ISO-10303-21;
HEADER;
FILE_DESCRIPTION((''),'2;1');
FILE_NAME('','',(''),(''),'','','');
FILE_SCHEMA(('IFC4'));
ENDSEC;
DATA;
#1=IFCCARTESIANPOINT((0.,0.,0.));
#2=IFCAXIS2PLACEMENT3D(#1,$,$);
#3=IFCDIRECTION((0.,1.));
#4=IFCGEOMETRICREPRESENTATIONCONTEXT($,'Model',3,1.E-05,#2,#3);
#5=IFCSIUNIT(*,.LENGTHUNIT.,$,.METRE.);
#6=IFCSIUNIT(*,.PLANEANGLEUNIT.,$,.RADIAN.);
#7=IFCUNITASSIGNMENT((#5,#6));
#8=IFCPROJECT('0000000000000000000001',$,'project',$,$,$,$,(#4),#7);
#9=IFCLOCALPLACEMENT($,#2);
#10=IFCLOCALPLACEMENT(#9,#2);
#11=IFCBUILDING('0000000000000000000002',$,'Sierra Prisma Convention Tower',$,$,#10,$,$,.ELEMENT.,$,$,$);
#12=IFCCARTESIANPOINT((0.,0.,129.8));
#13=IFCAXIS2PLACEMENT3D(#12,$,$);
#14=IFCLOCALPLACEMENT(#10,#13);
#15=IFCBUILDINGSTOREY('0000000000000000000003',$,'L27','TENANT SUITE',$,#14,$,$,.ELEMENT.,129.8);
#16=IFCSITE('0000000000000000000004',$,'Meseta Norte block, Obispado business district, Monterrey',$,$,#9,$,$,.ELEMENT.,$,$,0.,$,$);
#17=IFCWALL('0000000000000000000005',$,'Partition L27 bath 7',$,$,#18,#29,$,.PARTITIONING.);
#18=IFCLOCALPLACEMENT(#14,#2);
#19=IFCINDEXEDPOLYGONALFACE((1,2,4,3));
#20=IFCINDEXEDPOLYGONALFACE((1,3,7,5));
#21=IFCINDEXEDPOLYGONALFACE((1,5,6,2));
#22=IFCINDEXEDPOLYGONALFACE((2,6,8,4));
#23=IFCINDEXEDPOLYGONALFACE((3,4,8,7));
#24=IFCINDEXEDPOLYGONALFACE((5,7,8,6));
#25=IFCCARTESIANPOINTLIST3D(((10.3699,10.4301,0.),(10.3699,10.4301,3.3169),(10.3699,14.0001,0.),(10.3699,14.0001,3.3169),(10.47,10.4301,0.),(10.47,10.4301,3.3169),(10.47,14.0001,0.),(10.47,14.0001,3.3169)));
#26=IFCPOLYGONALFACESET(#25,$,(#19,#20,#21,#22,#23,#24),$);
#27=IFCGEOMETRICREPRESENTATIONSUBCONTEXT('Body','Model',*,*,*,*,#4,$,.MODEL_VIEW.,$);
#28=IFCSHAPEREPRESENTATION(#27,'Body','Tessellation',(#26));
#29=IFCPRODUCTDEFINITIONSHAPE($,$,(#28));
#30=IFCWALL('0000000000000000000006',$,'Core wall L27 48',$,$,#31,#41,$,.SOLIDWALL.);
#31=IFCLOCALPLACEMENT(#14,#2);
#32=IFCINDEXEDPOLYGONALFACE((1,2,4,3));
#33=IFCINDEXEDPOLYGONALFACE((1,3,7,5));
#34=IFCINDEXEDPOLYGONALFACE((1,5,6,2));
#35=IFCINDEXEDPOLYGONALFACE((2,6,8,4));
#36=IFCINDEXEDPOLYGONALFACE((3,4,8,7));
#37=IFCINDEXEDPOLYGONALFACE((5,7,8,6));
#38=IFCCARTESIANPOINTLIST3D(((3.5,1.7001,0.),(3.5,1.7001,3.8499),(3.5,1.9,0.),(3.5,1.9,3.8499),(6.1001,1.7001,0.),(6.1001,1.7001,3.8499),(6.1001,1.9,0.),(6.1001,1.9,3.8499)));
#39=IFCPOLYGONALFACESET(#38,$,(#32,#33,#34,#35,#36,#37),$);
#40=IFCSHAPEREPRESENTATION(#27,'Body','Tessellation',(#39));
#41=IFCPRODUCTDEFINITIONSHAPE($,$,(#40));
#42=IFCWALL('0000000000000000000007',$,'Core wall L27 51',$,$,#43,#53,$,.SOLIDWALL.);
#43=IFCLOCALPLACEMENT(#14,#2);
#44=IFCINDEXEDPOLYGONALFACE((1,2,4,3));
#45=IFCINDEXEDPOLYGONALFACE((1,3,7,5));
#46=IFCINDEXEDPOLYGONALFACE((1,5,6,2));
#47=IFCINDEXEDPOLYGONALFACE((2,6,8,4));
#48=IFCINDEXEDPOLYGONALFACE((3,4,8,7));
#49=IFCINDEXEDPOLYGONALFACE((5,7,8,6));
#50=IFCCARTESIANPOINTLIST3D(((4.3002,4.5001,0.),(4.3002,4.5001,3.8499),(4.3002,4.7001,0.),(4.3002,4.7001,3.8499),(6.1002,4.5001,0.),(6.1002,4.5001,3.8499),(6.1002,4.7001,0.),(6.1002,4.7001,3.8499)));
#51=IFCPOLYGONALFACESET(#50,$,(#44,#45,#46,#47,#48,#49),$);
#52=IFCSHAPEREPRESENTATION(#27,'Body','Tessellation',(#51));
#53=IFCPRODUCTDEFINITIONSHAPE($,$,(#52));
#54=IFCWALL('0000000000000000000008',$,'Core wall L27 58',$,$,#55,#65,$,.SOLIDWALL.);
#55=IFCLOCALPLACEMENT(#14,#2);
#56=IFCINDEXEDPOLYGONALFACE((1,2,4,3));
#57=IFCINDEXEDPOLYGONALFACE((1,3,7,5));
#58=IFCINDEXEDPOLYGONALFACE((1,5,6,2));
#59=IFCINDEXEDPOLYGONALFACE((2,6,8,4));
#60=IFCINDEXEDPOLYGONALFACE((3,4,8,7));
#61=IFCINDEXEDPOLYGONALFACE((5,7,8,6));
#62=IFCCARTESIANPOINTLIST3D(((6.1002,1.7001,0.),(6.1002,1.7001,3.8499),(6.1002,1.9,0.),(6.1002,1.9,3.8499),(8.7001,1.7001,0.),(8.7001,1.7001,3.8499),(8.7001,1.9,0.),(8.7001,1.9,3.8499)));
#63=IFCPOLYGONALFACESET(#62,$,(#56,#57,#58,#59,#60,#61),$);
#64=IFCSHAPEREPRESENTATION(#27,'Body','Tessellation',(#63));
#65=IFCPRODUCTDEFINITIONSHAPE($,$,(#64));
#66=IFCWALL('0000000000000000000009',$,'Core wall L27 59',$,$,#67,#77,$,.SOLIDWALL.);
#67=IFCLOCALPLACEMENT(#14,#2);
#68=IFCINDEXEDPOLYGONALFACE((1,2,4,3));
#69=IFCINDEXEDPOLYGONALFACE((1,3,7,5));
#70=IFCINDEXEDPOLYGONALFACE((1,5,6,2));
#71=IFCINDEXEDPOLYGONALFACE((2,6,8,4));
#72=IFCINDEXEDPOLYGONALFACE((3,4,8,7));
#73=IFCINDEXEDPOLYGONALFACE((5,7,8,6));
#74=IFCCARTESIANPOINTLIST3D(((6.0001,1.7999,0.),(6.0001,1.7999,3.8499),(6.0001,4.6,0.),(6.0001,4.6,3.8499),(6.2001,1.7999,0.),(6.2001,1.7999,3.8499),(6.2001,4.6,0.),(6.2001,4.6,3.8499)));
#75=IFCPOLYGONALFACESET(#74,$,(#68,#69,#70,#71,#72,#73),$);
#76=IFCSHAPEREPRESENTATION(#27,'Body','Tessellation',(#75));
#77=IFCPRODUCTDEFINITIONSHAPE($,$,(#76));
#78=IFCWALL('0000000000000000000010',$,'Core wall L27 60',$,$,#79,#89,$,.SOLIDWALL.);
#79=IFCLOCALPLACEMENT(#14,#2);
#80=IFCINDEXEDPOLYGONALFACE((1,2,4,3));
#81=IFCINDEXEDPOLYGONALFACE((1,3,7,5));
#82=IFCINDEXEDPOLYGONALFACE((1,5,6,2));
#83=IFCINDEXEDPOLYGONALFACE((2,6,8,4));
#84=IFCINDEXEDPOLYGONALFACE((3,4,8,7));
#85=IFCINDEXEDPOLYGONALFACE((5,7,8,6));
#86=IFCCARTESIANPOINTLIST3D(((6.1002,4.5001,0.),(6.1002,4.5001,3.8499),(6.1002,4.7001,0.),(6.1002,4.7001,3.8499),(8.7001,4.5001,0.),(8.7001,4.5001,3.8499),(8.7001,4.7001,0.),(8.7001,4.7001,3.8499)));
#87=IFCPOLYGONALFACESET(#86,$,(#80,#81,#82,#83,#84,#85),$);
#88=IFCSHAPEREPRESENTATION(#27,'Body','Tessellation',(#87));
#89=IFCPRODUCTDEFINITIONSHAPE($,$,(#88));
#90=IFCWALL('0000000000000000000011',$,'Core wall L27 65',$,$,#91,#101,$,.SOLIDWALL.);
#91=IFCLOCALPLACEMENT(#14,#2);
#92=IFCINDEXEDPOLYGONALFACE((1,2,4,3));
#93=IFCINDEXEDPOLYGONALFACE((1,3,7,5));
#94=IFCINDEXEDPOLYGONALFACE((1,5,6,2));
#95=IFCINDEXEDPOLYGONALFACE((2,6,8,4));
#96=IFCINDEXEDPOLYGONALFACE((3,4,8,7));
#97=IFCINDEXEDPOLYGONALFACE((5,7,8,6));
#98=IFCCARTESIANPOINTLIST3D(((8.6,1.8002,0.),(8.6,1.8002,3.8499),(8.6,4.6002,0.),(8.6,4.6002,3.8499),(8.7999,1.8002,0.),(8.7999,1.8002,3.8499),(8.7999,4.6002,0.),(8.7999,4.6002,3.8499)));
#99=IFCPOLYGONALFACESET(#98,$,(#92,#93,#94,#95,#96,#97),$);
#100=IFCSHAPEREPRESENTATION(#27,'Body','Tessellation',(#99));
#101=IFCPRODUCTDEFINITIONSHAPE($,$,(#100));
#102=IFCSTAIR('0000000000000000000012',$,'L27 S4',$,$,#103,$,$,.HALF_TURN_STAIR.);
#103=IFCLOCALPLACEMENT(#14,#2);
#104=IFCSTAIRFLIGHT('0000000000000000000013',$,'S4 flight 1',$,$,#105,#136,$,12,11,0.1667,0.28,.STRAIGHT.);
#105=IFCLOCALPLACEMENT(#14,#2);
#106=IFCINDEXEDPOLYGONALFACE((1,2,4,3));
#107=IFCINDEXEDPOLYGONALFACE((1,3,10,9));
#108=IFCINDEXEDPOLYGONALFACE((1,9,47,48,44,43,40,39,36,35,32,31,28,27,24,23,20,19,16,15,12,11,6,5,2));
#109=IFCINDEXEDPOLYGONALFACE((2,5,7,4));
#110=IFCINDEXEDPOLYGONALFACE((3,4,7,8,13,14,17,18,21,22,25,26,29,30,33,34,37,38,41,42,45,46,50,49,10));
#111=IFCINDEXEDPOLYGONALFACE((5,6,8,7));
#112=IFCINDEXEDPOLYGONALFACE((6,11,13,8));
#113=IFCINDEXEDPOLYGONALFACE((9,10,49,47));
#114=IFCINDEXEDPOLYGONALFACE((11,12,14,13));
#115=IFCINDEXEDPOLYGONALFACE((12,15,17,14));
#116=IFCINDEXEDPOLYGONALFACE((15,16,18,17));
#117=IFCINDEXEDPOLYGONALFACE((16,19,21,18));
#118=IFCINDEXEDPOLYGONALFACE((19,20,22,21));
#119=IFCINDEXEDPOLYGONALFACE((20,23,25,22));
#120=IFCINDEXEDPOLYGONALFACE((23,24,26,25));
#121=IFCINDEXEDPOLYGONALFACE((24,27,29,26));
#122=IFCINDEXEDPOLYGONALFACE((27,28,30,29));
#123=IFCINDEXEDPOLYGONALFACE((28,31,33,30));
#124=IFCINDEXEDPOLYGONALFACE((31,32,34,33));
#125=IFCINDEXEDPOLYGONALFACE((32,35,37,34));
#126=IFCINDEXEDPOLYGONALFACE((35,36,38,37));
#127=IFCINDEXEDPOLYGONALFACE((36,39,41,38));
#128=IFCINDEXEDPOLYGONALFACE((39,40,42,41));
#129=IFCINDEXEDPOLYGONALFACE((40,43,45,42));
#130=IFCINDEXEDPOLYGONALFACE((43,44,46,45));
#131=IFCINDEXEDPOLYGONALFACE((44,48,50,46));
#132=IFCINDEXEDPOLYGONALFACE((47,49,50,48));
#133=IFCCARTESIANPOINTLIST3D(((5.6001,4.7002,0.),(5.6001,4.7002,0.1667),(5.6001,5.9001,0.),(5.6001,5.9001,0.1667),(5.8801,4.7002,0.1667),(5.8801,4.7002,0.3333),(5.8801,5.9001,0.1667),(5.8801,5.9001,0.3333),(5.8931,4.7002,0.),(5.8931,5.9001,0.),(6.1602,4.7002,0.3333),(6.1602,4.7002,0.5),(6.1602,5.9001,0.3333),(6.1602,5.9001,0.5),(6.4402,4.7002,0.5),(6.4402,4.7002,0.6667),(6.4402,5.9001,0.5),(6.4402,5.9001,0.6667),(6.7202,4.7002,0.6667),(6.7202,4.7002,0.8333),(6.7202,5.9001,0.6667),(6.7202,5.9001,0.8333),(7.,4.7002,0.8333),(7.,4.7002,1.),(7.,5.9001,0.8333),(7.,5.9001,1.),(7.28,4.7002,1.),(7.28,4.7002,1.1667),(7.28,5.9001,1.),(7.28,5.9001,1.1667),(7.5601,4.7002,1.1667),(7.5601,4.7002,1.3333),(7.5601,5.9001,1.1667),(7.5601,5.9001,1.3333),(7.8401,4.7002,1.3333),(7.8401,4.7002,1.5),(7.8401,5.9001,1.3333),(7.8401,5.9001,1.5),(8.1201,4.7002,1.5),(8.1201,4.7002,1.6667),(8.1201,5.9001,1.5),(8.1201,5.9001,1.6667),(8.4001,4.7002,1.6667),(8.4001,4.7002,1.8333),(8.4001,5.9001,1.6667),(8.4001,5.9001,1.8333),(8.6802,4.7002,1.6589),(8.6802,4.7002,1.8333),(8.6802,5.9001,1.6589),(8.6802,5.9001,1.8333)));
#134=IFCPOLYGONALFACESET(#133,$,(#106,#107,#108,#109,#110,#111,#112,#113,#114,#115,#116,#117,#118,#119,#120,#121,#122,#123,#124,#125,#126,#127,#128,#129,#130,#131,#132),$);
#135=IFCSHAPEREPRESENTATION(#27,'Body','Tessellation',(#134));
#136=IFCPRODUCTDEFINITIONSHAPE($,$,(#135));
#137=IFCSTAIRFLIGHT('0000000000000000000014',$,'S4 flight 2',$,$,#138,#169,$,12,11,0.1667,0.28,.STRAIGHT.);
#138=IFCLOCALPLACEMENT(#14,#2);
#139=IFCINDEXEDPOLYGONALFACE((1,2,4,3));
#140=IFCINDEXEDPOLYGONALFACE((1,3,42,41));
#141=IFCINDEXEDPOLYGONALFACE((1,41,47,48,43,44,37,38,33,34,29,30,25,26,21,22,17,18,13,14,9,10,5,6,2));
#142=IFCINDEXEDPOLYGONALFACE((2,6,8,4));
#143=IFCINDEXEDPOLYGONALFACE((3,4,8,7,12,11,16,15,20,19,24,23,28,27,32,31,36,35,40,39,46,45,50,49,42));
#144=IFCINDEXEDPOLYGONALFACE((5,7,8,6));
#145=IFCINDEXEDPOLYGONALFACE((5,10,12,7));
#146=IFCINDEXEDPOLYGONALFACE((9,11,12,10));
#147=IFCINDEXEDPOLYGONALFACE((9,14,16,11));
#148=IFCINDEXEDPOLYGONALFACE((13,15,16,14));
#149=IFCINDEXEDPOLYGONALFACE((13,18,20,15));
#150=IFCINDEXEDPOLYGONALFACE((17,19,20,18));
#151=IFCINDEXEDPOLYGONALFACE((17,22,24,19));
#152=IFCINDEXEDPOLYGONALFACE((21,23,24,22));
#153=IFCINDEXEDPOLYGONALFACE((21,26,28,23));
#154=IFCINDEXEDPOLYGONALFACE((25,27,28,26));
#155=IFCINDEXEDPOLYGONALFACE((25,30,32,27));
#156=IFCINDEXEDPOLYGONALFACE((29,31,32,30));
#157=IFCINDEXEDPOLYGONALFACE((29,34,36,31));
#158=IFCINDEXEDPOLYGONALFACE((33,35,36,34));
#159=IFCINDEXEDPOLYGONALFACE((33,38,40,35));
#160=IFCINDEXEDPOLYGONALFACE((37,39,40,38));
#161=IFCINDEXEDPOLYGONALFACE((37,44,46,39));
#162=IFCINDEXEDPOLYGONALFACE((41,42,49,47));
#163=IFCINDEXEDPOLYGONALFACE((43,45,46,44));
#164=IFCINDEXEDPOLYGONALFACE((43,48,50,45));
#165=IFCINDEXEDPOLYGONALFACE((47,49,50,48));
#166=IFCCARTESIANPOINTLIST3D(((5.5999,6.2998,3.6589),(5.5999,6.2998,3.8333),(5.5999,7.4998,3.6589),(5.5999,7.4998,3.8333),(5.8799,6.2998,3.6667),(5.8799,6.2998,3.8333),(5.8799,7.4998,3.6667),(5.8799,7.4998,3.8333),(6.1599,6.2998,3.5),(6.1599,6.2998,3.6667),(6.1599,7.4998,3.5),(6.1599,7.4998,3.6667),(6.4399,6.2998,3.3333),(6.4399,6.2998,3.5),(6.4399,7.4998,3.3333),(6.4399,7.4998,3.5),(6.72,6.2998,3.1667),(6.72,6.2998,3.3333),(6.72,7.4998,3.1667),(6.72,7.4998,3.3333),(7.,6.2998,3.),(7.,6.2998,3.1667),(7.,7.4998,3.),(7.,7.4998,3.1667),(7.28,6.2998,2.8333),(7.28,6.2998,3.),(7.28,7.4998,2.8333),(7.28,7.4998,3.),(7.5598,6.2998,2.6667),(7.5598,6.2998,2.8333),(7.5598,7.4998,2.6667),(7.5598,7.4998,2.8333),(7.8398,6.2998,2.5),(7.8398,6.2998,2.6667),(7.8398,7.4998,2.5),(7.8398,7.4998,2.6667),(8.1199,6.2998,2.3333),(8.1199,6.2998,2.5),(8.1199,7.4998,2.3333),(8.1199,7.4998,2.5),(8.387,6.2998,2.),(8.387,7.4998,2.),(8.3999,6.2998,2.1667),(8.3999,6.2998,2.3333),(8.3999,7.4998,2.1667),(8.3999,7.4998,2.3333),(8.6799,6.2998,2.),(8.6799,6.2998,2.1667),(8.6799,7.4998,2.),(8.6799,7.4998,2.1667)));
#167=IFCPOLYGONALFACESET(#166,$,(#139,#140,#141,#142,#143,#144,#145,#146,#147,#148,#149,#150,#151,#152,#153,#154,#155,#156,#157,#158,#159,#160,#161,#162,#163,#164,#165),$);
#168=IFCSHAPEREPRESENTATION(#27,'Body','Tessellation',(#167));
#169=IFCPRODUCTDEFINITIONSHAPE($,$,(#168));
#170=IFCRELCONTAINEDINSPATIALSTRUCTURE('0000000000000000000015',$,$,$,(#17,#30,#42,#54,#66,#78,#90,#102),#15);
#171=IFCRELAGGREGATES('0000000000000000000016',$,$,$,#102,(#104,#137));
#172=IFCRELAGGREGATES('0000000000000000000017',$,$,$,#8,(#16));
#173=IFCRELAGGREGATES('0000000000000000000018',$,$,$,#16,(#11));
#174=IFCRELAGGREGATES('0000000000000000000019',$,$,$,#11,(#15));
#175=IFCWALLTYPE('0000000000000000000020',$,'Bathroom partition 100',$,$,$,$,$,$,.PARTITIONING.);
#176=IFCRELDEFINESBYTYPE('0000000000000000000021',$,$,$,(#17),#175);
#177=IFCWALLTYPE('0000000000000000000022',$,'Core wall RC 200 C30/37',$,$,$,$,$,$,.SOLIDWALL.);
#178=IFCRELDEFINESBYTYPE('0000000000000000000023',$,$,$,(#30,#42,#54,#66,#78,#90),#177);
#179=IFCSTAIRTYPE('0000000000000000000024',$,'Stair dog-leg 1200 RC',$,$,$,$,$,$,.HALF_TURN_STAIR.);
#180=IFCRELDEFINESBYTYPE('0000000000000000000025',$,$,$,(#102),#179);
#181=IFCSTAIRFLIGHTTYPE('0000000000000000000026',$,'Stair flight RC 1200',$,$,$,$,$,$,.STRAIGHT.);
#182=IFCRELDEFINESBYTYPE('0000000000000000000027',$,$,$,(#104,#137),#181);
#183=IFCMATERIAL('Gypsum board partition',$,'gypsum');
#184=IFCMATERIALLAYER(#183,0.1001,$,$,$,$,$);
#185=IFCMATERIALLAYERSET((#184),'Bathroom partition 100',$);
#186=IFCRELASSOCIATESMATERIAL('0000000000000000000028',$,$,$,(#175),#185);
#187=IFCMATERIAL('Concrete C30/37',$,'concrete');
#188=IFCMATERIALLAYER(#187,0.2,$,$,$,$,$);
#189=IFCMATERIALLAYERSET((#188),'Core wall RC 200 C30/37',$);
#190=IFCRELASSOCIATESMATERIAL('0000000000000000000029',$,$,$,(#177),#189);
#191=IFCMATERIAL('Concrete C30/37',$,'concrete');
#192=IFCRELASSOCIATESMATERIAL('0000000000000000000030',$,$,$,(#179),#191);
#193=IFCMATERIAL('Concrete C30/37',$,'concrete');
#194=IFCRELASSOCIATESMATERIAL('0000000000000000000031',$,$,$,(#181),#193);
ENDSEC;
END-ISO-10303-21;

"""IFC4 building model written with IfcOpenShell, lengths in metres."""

from ifc_helpers import new_model, si_unit, direction, frame, frame_2d, origin, place, context, subcontext, project, spatial, polyline, rectangle, outline, extrude, material, layer, layer_set, type_object, element, aggregate, save


model = new_model("IFC4")

# Units and contexts
model_context = context("Model", 3, precision=1e-05, world=origin(), true_north=direction((0.0, 1.0)))
body_context = subcontext(model_context, "Body", "Model", "MODEL_VIEW")
ifc_project = project(units=[si_unit("LENGTHUNIT", "METRE"), si_unit("PLANEANGLEUNIT", "RADIAN")], contexts=[model_context])

# Site, building, storey
site_placement = place(None, origin())
site = spatial("IfcSite", under=ifc_project, at=site_placement, Name="Meseta Norte block, Obispado business district, Monterrey", CompositionType="ELEMENT", RefElevation=0.0)
building_placement = place(site_placement, origin())
building = spatial("IfcBuilding", under=site, at=building_placement, Name="Sierra Prisma Convention Tower", CompositionType="ELEMENT")
storey_placement = place(building_placement, frame((0.0, 0.0, 129.8)))
storey = spatial("IfcBuildingStorey", under=building, at=storey_placement, Name="L27", Description="TENANT SUITE", CompositionType="ELEMENT", Elevation=129.8)

# Walls
ifc_material_1 = material(Name="Gypsum board partition", Category="gypsum")
ifc_layer_1 = layer(ifc_material_1, 0.1001)
ifc_layer_set_1 = layer_set([ifc_layer_1], Name="Bathroom partition 100")
wall_type_1 = type_object("IfcWallType", Name="Bathroom partition 100", PredefinedType="PARTITIONING", material=ifc_layer_set_1)
wall_1_placement = place(storey_placement, frame((10.4199, 10.4299, 0.0), z_axis=(0.0, 0.0, 1.0), x_axis=(0.0, 1.0, 0.0)))
element("IfcWall", 1, at=wall_1_placement, inside=storey, type_object=wall_type_1, Name="Partition L27 bath 7", PredefinedType="PARTITIONING", context=body_context, shape_type="SweptSolid", body=[
    extrude(rectangle(XDim=3.5701, YDim=0.1001, at=frame_2d((1.7852, 0.0))), origin(), (0.0, 0.0, 1.0), 3.3169),
])
ifc_material_2 = material(Name="Concrete C30/37", Category="concrete")
ifc_layer_2 = layer(ifc_material_2, 0.2)
ifc_layer_set_2 = layer_set([ifc_layer_2], Name="Core wall RC 200 C30/37")
wall_type_2 = type_object("IfcWallType", Name="Core wall RC 200 C30/37", PredefinedType="SOLIDWALL", material=ifc_layer_set_2)
wall_2_placement = place(storey_placement, frame((6.1001, 1.8, 0.0), z_axis=(0.0, 0.0, 1.0), x_axis=(-1.0, 0.0, 0.0)))
element("IfcWall", 2, at=wall_2_placement, inside=storey, type_object=wall_type_2, Name="Core wall L27 48", PredefinedType="SOLIDWALL", context=body_context, shape_type="SweptSolid", body=[
    extrude(rectangle(XDim=2.6001, YDim=0.2, at=frame_2d((1.3, 0.0))), origin(), (0.0, 0.0, 1.0), 3.8499),
])
wall_3_placement = place(storey_placement, frame((6.1001, 4.6001, 0.0), z_axis=(0.0, 0.0, 1.0), x_axis=(-1.0, 0.0, 0.0)))
element("IfcWall", 3, at=wall_3_placement, inside=storey, type_object=wall_type_2, Name="Core wall L27 51", PredefinedType="SOLIDWALL", context=body_context, shape_type="SweptSolid", body=[
    extrude(rectangle(XDim=1.8, YDim=0.2, at=frame_2d((0.8999, 0.0))), origin(), (0.0, 0.0, 1.0), 3.8499),
])

# Walls
wall_4_placement = place(storey_placement, frame((8.7, 1.8, 0.0), z_axis=(0.0, 0.0, 1.0), x_axis=(-1.0, 0.0, 0.0)))
element("IfcWall", 4, at=wall_4_placement, inside=storey, type_object=wall_type_2, Name="Core wall L27 58", PredefinedType="SOLIDWALL", context=body_context, shape_type="SweptSolid", body=[
    extrude(rectangle(XDim=2.5999, YDim=0.2, at=frame_2d((1.2998, 0.0))), origin(), (0.0, 0.0, 1.0), 3.8499),
])
wall_5_placement = place(storey_placement, frame((6.1001, 1.8, 0.0), z_axis=(0.0, 0.0, 1.0), x_axis=(0.0, 1.0, 0.0)))
element("IfcWall", 5, at=wall_5_placement, inside=storey, type_object=wall_type_2, Name="Core wall L27 59", PredefinedType="SOLIDWALL", context=body_context, shape_type="SweptSolid", body=[
    extrude(rectangle(XDim=2.8, YDim=0.2, at=frame_2d((1.3999, 0.0))), origin(), (0.0, 0.0, 1.0), 3.8499),
])
wall_6_placement = place(storey_placement, frame((8.7, 4.6001, 0.0), z_axis=(0.0, 0.0, 1.0), x_axis=(-1.0, 0.0, 0.0)))
element("IfcWall", 6, at=wall_6_placement, inside=storey, type_object=wall_type_2, Name="Core wall L27 60", PredefinedType="SOLIDWALL", context=body_context, shape_type="SweptSolid", body=[
    extrude(rectangle(XDim=2.5999, YDim=0.2, at=frame_2d((1.2998, 0.0))), origin(), (0.0, 0.0, 1.0), 3.8499),
])

# Wall
wall_7_placement = place(storey_placement, frame((8.7, 4.6001, 0.0), z_axis=(0.0, 0.0, 1.0), x_axis=(0.0, -1.0, 0.0)))
element("IfcWall", 7, at=wall_7_placement, inside=storey, type_object=wall_type_2, Name="Core wall L27 65", PredefinedType="SOLIDWALL", context=body_context, shape_type="SweptSolid", body=[
    extrude(rectangle(XDim=2.8, YDim=0.2, at=frame_2d((1.3999, 0.0))), origin(), (0.0, 0.0, 1.0), 3.8499),
])

# Stair, stair flights
ifc_material_3 = material(Name="Concrete C30/37", Category="concrete")
stair_type = type_object("IfcStairType", Name="Stair dog-leg 1200 RC", PredefinedType="HALF_TURN_STAIR", material=ifc_material_3)
stair_placement = place(storey_placement, origin())
stair = element("IfcStair", 8, at=stair_placement, inside=storey, type_object=stair_type, Name="L27 S4", PredefinedType="HALF_TURN_STAIR")
ifc_material_4 = material(Name="Concrete C30/37", Category="concrete")
stair_flight_type = type_object("IfcStairFlightType", Name="Stair flight RC 1200", PredefinedType="STRAIGHT", material=ifc_material_4)
stair_flight_1_placement = place(storey_placement, frame((5.6001, 5.3, 0.0), z_axis=(0.0, 0.0, 1.0), x_axis=(1.0, 0.0, 0.0)))
stair_flight_1 = element("IfcStairFlight", 9, at=stair_flight_1_placement, type_object=stair_flight_type, Name="S4 flight 1", NumberOfRisers=12, NumberOfTreads=11, PredefinedType="STRAIGHT", RiserHeight=0.1667, TreadLength=0.28, context=body_context, shape_type="SweptSolid", body=[
    extrude(outline(polyline([(0.0, 0.0), (0.0, 0.1667), (0.28, 0.1667), (0.28, 0.3333), (0.5601, 0.3333), (0.5601, 0.5), (0.8401, 0.5), (0.8401, 0.6667), (1.1201, 0.6667), (1.1201, 0.8333), (1.3999, 0.8333), (1.3999, 1.0), (1.6799, 1.0), (1.6799, 1.1667), (1.96, 1.1667), (1.96, 1.3333), (2.24, 1.3333), (2.24, 1.5), (2.52, 1.5), (2.52, 1.6667), (2.8, 1.6667), (2.8, 1.8333), (3.0801, 1.8333), (3.0801, 2.0), (3.0801, 1.6589), (0.293, 0.0), (0.0, 0.0)])), frame((0.0, 0.6001, 0.0), z_axis=(0.0, -1.0, 0.0), x_axis=(1.0, 0.0, 0.0)), (0.0, 0.0, 1.0), 1.2),
])
stair_flight_2_placement = place(storey_placement, frame((8.6799, 6.8999, 2.0), z_axis=(0.0, 0.0, 1.0), x_axis=(-1.0, 0.0, 0.0)))
stair_flight_2 = element("IfcStairFlight", 10, at=stair_flight_2_placement, type_object=stair_flight_type, Name="S4 flight 2", NumberOfRisers=12, NumberOfTreads=11, PredefinedType="STRAIGHT", RiserHeight=0.1667, TreadLength=0.28, context=body_context, shape_type="SweptSolid", body=[
    extrude(outline(polyline([(0.0, 0.0), (0.0, 0.1667), (0.28, 0.1667), (0.28, 0.3333), (0.5601, 0.3333), (0.5601, 0.5), (0.8401, 0.5), (0.8401, 0.6667), (1.1201, 0.6667), (1.1201, 0.8333), (1.3999, 0.8333), (1.3999, 1.0), (1.6799, 1.0), (1.6799, 1.1667), (1.96, 1.1667), (1.96, 1.3333), (2.24, 1.3333), (2.24, 1.5), (2.52, 1.5), (2.52, 1.6667), (2.8, 1.6667), (2.8, 1.8333), (3.0801, 1.8333), (3.0801, 2.0), (3.0801, 1.6589), (0.293, 0.0), (0.0, 0.0)])), frame((0.0, 0.6001, 0.0), z_axis=(0.0, -1.0, 0.0), x_axis=(1.0, 0.0, 0.0)), (0.0, 0.0, 1.0), 1.2),
])
aggregate(stair, [stair_flight_1, stair_flight_2])

save(model, "model.ifc")
